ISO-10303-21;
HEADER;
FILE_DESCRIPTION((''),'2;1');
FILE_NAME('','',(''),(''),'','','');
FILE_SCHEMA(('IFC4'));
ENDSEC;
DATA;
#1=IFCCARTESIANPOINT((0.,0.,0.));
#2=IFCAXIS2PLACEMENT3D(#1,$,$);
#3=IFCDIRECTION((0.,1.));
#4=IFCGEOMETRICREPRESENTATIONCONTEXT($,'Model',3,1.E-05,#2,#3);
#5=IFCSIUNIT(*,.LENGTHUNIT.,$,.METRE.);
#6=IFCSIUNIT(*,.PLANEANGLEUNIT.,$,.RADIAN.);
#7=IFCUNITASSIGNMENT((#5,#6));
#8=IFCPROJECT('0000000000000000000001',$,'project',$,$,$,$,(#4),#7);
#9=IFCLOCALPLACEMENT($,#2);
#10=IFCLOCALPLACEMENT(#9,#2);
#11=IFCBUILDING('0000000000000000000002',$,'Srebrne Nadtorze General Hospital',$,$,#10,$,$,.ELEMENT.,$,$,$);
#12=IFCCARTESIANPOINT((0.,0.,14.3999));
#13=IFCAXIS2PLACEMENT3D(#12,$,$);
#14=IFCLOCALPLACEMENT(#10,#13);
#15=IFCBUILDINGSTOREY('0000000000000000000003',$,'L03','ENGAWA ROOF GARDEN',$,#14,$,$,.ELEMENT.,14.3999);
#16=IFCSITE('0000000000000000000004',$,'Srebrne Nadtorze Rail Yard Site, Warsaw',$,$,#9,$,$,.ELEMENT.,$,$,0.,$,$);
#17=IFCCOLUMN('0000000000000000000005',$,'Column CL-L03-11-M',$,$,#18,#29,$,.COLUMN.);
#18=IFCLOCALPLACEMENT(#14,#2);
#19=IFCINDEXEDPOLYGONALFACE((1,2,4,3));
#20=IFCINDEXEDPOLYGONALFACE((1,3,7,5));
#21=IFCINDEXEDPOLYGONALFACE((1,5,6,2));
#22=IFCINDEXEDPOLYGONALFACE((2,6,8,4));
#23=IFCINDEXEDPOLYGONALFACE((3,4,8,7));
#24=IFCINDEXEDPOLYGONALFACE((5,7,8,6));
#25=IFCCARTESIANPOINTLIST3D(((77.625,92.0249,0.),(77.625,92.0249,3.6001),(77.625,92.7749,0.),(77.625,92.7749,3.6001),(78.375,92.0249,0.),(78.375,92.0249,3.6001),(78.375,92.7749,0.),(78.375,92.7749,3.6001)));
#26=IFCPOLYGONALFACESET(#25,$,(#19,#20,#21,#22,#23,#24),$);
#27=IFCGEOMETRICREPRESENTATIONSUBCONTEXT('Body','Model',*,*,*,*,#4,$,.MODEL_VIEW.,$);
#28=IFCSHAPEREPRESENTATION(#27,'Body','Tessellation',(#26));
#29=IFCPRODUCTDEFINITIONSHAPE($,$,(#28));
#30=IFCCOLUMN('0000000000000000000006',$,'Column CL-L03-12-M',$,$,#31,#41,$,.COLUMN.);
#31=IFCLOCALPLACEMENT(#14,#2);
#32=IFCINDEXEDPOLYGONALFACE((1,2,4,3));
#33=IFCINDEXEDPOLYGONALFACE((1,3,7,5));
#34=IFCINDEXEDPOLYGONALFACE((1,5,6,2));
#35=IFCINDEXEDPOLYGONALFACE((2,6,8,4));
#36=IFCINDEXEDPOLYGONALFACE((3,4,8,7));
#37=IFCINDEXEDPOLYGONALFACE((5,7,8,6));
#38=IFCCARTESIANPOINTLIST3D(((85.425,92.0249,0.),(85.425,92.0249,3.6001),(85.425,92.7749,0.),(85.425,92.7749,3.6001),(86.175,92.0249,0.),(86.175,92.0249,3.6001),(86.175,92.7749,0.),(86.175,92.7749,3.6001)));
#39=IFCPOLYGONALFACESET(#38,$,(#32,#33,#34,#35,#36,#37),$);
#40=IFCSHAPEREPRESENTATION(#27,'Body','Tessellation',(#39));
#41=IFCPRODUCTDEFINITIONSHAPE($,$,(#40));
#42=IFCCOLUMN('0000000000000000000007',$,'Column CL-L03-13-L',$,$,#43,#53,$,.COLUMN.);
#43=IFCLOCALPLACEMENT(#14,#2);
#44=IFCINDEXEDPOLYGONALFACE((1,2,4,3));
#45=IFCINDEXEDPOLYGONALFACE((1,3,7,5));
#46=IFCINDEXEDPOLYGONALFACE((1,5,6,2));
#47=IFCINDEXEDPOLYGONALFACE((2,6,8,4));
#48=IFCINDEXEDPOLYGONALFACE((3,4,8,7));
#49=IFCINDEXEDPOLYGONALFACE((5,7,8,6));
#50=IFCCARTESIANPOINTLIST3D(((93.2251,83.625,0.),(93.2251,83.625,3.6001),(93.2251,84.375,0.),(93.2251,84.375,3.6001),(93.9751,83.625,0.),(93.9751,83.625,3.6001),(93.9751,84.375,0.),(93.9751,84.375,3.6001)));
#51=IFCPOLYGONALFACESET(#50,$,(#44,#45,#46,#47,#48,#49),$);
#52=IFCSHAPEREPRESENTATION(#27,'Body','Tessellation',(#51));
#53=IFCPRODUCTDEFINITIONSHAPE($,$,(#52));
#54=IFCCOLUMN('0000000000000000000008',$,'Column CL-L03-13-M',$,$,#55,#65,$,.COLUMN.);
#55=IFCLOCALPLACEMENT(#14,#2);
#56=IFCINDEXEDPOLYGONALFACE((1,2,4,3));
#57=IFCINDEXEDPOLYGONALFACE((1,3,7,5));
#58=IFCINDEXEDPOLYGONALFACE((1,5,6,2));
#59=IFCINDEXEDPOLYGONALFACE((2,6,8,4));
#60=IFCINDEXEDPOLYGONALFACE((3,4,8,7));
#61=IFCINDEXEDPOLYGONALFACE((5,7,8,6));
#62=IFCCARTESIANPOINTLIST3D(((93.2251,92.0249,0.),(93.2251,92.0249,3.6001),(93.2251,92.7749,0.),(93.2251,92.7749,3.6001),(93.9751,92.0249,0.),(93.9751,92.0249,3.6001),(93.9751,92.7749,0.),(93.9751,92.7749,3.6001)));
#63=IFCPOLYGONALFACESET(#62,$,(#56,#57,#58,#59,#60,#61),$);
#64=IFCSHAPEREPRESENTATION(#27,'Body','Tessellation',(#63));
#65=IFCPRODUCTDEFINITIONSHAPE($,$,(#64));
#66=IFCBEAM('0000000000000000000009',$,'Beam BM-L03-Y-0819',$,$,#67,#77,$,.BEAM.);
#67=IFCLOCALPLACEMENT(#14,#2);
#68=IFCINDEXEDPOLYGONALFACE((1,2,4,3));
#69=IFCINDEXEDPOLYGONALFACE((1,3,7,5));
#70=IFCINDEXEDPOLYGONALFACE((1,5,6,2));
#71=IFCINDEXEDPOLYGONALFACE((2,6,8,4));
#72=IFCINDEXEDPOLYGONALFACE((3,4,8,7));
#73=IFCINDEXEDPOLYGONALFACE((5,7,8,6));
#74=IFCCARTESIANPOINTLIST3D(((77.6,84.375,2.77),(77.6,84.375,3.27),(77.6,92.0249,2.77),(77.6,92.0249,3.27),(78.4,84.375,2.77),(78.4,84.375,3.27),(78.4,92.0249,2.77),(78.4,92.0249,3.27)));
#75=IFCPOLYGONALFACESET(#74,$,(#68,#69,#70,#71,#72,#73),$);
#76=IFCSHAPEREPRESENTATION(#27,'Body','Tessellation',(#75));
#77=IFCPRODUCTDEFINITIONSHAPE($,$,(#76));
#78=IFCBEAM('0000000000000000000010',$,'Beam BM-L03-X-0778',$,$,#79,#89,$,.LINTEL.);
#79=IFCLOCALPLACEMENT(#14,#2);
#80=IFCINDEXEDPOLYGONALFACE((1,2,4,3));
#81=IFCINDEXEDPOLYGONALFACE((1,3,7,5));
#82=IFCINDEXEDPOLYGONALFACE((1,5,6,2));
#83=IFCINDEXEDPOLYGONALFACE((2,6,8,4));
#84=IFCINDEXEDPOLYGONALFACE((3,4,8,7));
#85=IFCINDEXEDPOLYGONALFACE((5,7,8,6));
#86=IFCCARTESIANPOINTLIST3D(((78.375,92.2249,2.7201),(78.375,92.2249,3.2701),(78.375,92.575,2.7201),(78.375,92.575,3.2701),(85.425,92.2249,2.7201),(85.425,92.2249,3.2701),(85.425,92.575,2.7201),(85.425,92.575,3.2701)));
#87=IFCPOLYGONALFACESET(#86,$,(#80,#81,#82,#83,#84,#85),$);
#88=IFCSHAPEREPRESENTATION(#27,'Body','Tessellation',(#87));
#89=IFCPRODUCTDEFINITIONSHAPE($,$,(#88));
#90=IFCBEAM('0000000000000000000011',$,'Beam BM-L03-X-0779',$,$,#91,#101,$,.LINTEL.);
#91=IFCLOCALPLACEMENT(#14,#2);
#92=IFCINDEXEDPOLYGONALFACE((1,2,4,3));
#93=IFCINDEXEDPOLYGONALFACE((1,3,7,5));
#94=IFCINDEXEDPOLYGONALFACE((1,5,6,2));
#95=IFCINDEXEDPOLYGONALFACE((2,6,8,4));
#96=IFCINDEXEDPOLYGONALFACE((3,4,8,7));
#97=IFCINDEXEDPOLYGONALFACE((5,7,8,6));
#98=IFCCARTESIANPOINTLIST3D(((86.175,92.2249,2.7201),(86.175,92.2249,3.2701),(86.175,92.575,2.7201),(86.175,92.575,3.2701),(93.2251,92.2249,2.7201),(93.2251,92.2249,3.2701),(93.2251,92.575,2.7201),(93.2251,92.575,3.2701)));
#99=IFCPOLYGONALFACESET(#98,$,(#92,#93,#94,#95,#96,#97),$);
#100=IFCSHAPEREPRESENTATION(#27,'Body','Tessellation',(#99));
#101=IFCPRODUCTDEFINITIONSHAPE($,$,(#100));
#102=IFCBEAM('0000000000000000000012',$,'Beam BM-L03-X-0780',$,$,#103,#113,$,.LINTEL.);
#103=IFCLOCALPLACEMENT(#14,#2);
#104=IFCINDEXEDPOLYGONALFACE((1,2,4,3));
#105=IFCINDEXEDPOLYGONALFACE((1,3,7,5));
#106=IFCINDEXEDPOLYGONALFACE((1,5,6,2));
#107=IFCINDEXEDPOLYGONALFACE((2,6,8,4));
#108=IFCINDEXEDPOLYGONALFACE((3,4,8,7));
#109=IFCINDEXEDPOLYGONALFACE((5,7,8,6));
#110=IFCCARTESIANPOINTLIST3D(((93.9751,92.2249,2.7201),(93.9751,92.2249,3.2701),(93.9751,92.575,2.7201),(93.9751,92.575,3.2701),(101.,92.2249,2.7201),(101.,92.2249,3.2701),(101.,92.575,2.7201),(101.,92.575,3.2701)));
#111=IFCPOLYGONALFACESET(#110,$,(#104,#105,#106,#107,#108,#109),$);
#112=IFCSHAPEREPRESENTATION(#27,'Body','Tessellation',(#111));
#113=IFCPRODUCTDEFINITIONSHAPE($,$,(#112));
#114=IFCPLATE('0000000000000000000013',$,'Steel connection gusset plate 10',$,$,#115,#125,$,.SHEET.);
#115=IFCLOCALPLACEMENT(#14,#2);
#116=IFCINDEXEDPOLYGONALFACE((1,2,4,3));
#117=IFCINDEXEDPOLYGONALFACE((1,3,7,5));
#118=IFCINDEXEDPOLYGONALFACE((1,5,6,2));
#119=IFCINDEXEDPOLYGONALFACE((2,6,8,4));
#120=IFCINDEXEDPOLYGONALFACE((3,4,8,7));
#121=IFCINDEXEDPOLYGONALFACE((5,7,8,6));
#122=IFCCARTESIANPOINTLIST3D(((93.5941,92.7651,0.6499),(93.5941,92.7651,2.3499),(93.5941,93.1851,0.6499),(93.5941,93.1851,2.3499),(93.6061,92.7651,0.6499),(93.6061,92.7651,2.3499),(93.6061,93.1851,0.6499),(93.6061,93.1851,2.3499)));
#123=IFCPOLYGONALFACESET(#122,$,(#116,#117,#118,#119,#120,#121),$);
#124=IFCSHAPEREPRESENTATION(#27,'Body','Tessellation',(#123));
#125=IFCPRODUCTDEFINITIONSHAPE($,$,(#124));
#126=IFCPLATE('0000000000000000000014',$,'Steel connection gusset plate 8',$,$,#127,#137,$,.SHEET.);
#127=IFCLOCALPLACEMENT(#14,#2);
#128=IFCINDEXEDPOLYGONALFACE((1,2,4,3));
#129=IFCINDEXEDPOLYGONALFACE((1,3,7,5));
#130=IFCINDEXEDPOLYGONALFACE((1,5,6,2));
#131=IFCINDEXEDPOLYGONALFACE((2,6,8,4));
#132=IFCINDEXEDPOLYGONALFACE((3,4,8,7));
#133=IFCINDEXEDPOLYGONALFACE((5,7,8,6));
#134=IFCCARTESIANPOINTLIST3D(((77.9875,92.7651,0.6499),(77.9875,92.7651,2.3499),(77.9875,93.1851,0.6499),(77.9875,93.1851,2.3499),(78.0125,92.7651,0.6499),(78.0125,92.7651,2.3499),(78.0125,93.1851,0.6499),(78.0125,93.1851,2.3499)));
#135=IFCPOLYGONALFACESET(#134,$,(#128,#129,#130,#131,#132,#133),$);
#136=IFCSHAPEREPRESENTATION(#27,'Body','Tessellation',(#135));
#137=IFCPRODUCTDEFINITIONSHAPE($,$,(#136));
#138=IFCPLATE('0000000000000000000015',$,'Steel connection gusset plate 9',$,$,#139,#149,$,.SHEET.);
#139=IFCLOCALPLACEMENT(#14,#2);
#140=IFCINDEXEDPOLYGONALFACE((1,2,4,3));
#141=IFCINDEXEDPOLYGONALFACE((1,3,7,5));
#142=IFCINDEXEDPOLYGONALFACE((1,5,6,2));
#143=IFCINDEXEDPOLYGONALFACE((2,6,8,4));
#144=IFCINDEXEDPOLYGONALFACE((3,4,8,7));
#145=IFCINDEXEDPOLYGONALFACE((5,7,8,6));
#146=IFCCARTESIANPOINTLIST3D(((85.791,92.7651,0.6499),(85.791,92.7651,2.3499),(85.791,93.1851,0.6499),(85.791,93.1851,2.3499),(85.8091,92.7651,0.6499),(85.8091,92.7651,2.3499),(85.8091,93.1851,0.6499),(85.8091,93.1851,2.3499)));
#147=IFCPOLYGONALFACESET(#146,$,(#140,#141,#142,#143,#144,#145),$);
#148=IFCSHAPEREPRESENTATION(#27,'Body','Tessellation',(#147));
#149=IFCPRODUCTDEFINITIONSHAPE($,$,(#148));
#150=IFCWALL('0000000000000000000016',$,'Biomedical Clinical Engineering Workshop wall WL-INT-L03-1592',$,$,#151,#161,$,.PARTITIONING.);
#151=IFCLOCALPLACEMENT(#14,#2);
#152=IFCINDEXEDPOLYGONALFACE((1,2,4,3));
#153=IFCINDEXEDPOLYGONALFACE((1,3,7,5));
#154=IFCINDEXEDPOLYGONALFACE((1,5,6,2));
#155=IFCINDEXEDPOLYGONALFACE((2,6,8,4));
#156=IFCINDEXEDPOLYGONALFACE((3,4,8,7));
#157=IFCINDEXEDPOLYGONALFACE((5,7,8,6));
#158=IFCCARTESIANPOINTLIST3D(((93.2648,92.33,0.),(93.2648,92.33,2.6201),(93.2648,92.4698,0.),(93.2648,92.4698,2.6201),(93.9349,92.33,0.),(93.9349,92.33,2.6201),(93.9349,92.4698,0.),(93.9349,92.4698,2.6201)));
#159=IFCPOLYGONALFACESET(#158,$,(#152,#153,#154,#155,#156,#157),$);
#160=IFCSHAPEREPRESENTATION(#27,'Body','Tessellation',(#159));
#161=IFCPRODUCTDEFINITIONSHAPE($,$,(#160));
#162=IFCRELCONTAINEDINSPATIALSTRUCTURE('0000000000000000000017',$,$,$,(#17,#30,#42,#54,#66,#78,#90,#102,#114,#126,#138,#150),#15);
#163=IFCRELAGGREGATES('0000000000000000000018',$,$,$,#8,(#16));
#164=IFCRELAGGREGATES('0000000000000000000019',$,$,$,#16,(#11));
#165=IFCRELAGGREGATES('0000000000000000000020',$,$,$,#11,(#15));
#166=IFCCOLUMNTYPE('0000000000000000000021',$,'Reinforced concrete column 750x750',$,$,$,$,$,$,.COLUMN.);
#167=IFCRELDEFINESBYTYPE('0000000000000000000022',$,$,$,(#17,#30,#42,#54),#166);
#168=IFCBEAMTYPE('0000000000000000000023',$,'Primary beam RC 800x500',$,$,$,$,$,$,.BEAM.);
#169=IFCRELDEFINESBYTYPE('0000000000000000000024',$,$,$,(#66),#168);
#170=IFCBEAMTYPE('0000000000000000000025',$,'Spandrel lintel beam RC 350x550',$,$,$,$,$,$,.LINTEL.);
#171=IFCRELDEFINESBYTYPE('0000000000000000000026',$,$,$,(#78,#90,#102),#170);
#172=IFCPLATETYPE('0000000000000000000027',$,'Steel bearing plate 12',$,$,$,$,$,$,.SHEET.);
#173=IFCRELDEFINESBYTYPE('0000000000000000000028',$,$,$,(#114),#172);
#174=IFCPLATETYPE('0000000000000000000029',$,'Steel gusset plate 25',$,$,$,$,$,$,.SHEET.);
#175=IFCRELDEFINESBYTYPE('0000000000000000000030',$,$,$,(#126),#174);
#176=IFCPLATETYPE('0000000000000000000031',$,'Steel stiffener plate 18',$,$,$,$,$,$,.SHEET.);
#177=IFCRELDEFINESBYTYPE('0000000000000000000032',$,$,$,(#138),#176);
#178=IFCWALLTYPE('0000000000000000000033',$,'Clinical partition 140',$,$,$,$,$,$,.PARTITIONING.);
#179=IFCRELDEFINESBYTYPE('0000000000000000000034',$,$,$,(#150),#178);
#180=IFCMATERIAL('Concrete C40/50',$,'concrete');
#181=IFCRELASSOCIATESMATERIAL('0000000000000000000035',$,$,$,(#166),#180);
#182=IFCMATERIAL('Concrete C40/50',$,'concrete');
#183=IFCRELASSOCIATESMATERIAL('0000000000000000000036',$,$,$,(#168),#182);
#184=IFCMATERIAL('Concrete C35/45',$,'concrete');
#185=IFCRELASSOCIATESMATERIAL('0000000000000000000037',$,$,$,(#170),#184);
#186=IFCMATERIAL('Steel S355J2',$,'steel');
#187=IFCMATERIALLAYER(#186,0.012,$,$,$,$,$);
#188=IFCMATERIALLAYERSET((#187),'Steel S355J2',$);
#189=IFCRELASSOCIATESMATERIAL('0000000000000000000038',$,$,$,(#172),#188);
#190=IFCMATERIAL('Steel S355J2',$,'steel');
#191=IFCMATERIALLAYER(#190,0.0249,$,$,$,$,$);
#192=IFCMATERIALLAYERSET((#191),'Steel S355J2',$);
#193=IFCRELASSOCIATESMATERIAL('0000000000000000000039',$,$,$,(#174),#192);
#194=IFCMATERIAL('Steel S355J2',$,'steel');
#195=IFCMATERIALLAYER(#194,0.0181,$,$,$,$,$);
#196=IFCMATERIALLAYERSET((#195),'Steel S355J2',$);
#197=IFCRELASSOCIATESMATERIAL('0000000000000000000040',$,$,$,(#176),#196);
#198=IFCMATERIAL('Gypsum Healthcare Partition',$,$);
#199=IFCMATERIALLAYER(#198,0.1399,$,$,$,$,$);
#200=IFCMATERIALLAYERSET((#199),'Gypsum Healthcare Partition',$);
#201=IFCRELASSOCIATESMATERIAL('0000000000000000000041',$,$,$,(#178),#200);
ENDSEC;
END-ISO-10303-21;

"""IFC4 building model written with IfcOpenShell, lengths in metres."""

from ifc_helpers import new_model, si_unit, direction, frame, frame_2d, origin, origin_2d, place, context, subcontext, project, spatial, rectangle, extrude, material, layer, layer_set, material_profile, profile_set, type_object, element, save


model = new_model("IFC4")

# Units and contexts
model_context = context("Model", 3, precision=1e-05, world=origin(), true_north=direction((0.0, 1.0)))
body_context = subcontext(model_context, "Body", "Model", "MODEL_VIEW")
ifc_project = project(units=[si_unit("LENGTHUNIT", "METRE"), si_unit("PLANEANGLEUNIT", "RADIAN")], contexts=[model_context])

# Site, building, storey
site_placement = place(None, origin())
site = spatial("IfcSite", under=ifc_project, at=site_placement, Name="Srebrne Nadtorze Rail Yard Site, Warsaw", CompositionType="ELEMENT", RefElevation=0.0)
building_placement = place(site_placement, origin())
building = spatial("IfcBuilding", under=site, at=building_placement, Name="Srebrne Nadtorze General Hospital", CompositionType="ELEMENT")
storey_placement = place(building_placement, frame((0.0, 0.0, 14.3999)))
storey = spatial("IfcBuildingStorey", under=building, at=storey_placement, Name="L03", Description="ENGAWA ROOF GARDEN", CompositionType="ELEMENT", Elevation=14.3999)

# Columns
ifc_material_1 = material(Name="Concrete C40/50", Category="concrete")
ifc_material_profile_1 = material_profile(ifc_material_1, rectangle(XDim=0.75, YDim=0.75, at=origin_2d()), Name="RC-COL-750x750")
ifc_profile_set_1 = profile_set([ifc_material_profile_1], Name="Concrete C40/50")
column_type = type_object("IfcColumnType", Name="Reinforced concrete column 750x750", PredefinedType="COLUMN", material=ifc_profile_set_1)
for number, where, z_axis, x_axis, name in (
    (1, (78.0, 92.3999, 0.0), (0.0, 0.0, 1.0), (1.0, 0.0, 0.0), "Column CL-L03-11-M"),
    (2, (85.8, 92.3999, 0.0), (0.0, 0.0, 1.0), (1.0, 0.0, 0.0), "Column CL-L03-12-M"),
    (3, (93.6001, 84.0, 0.0), (0.0, 0.0, 1.0), (1.0, 0.0, 0.0), "Column CL-L03-13-L"),
    (4, (93.6001, 92.3999, 0.0), (0.0, 0.0, 1.0), (1.0, 0.0, 0.0), "Column CL-L03-13-M"),
):
    element("IfcColumn", number, at=place(storey_placement, frame(where, z_axis=z_axis, x_axis=x_axis)), inside=storey, type_object=column_type, Name=name, PredefinedType="COLUMN", context=body_context, shape_type="SweptSolid", body=[
        extrude(rectangle(XDim=0.75, YDim=0.75, at=origin_2d()), origin(), (0.0, 0.0, 1.0), 3.6001),
    ])

# Beams
ifc_material_2 = material(Name="Concrete C40/50", Category="concrete")
ifc_material_profile_2 = material_profile(ifc_material_2, rectangle(XDim=0.8, YDim=0.5, at=origin_2d()), Name="RC-BM-800x500")
ifc_profile_set_2 = profile_set([ifc_material_profile_2], Name="Concrete C40/50")
beam_type_1 = type_object("IfcBeamType", Name="Primary beam RC 800x500", PredefinedType="BEAM", material=ifc_profile_set_2)
beam_1_placement = place(storey_placement, frame((78.0, 84.375, 3.02), z_axis=(0.0, 1.0, 0.0), x_axis=(-1.0, 0.0, 0.0)))
element("IfcBeam", 5, at=beam_1_placement, inside=storey, type_object=beam_type_1, Name="Beam BM-L03-Y-0819", PredefinedType="BEAM", context=body_context, shape_type="SweptSolid", body=[
    extrude(rectangle(XDim=0.8, YDim=0.5, at=origin_2d()), origin(), (0.0, 0.0, 1.0), 7.6499),
])
ifc_material_3 = material(Name="Concrete C35/45", Category="concrete")
ifc_material_profile_3 = material_profile(ifc_material_3, rectangle(XDim=0.3501, YDim=0.55, at=origin_2d()), Name="RC-BM-350x550")
ifc_profile_set_3 = profile_set([ifc_material_profile_3], Name="Concrete C35/45")
beam_type_2 = type_object("IfcBeamType", Name="Spandrel lintel beam RC 350x550", PredefinedType="LINTEL", material=ifc_profile_set_3)
for number, where, z_axis, x_axis, name in (
    (6, (78.375, 92.3999, 2.9951), (1.0, 0.0, 0.0), (0.0, 1.0, 0.0), "Beam BM-L03-X-0778"),
    (7, (86.175, 92.3999, 2.9951), (1.0, 0.0, 0.0), (0.0, 1.0, 0.0), "Beam BM-L03-X-0779"),
):
    element("IfcBeam", number, at=place(storey_placement, frame(where, z_axis=z_axis, x_axis=x_axis)), inside=storey, type_object=beam_type_2, Name=name, PredefinedType="LINTEL", context=body_context, shape_type="SweptSolid", body=[
        extrude(rectangle(XDim=0.3501, YDim=0.55, at=origin_2d()), origin(), (0.0, 0.0, 1.0), 7.05),
    ])
beam_2_placement = place(storey_placement, frame((93.9751, 92.3999, 2.9951), z_axis=(1.0, 0.0, 0.0), x_axis=(0.0, 1.0, 0.0)))
element("IfcBeam", 8, at=beam_2_placement, inside=storey, type_object=beam_type_2, Name="Beam BM-L03-X-0780", PredefinedType="LINTEL", context=body_context, shape_type="SweptSolid", body=[
    extrude(rectangle(XDim=0.3501, YDim=0.55, at=origin_2d()), origin(), (0.0, 0.0, 1.0), 7.0249),
])

# Plates
ifc_material_4 = material(Name="Steel S355J2", Category="steel")
ifc_layer_1 = layer(ifc_material_4, 0.012)
ifc_layer_set_1 = layer_set([ifc_layer_1], Name="Steel S355J2")
plate_type_1 = type_object("IfcPlateType", Name="Steel bearing plate 12", PredefinedType="SHEET", material=ifc_layer_set_1)
plate_1_placement = place(storey_placement, frame((93.6001, 92.9751, 0.6499), z_axis=(0.0, 0.0, 1.0), x_axis=(1.0, 0.0, 0.0)))
element("IfcPlate", 9, at=plate_1_placement, inside=storey, type_object=plate_type_1, Name="Steel connection gusset plate 10", PredefinedType="SHEET", context=body_context, shape_type="SweptSolid", body=[
    extrude(rectangle(XDim=0.012, YDim=0.4199, at=origin_2d()), origin(), (0.0, 0.0, 1.0), 1.7),
])
ifc_material_5 = material(Name="Steel S355J2", Category="steel")
ifc_layer_2 = layer(ifc_material_5, 0.0249)
ifc_layer_set_2 = layer_set([ifc_layer_2], Name="Steel S355J2")
plate_type_2 = type_object("IfcPlateType", Name="Steel gusset plate 25", PredefinedType="SHEET", material=ifc_layer_set_2)
plate_2_placement = place(storey_placement, frame((78.0, 92.9751, 0.6499), z_axis=(0.0, 0.0, 1.0), x_axis=(1.0, 0.0, 0.0)))
element("IfcPlate", 10, at=plate_2_placement, inside=storey, type_object=plate_type_2, Name="Steel connection gusset plate 8", PredefinedType="SHEET", context=body_context, shape_type="SweptSolid", body=[
    extrude(rectangle(XDim=0.0249, YDim=0.4199, at=origin_2d()), origin(), (0.0, 0.0, 1.0), 1.7),
])
ifc_material_6 = material(Name="Steel S355J2", Category="steel")
ifc_layer_3 = layer(ifc_material_6, 0.0181)
ifc_layer_set_3 = layer_set([ifc_layer_3], Name="Steel S355J2")
plate_type_3 = type_object("IfcPlateType", Name="Steel stiffener plate 18", PredefinedType="SHEET", material=ifc_layer_set_3)
plate_3_placement = place(storey_placement, frame((85.8, 92.9751, 0.6499), z_axis=(0.0, 0.0, 1.0), x_axis=(1.0, 0.0, 0.0)))
element("IfcPlate", 11, at=plate_3_placement, inside=storey, type_object=plate_type_3, Name="Steel connection gusset plate 9", PredefinedType="SHEET", context=body_context, shape_type="SweptSolid", body=[
    extrude(rectangle(XDim=0.0181, YDim=0.4199, at=origin_2d()), origin(), (0.0, 0.0, 1.0), 1.7),
])

# Wall
ifc_material_7 = material(Name="Gypsum Healthcare Partition")
ifc_layer_4 = layer(ifc_material_7, 0.1399)
ifc_layer_set_4 = layer_set([ifc_layer_4], Name="Gypsum Healthcare Partition")
wall_type_1 = type_object("IfcWallType", Name="Clinical partition 140", PredefinedType="PARTITIONING", material=ifc_layer_set_4)
wall_1_placement = place(storey_placement, frame((93.2649, 92.3999, 0.0), z_axis=(0.0, 0.0, 1.0), x_axis=(1.0, 0.0, 0.0)))
element("IfcWall", 12, at=wall_1_placement, inside=storey, type_object=wall_type_1, Name="Biomedical Clinical Engineering Workshop wall WL-INT-L03-1592", PredefinedType="PARTITIONING", context=body_context, shape_type="SweptSolid", body=[
    extrude(rectangle(XDim=0.6702, YDim=0.1399, at=frame_2d((0.335, 0.0))), origin(), (0.0, 0.0, 1.0), 2.6201),
])

save(model, "model.ifc")
